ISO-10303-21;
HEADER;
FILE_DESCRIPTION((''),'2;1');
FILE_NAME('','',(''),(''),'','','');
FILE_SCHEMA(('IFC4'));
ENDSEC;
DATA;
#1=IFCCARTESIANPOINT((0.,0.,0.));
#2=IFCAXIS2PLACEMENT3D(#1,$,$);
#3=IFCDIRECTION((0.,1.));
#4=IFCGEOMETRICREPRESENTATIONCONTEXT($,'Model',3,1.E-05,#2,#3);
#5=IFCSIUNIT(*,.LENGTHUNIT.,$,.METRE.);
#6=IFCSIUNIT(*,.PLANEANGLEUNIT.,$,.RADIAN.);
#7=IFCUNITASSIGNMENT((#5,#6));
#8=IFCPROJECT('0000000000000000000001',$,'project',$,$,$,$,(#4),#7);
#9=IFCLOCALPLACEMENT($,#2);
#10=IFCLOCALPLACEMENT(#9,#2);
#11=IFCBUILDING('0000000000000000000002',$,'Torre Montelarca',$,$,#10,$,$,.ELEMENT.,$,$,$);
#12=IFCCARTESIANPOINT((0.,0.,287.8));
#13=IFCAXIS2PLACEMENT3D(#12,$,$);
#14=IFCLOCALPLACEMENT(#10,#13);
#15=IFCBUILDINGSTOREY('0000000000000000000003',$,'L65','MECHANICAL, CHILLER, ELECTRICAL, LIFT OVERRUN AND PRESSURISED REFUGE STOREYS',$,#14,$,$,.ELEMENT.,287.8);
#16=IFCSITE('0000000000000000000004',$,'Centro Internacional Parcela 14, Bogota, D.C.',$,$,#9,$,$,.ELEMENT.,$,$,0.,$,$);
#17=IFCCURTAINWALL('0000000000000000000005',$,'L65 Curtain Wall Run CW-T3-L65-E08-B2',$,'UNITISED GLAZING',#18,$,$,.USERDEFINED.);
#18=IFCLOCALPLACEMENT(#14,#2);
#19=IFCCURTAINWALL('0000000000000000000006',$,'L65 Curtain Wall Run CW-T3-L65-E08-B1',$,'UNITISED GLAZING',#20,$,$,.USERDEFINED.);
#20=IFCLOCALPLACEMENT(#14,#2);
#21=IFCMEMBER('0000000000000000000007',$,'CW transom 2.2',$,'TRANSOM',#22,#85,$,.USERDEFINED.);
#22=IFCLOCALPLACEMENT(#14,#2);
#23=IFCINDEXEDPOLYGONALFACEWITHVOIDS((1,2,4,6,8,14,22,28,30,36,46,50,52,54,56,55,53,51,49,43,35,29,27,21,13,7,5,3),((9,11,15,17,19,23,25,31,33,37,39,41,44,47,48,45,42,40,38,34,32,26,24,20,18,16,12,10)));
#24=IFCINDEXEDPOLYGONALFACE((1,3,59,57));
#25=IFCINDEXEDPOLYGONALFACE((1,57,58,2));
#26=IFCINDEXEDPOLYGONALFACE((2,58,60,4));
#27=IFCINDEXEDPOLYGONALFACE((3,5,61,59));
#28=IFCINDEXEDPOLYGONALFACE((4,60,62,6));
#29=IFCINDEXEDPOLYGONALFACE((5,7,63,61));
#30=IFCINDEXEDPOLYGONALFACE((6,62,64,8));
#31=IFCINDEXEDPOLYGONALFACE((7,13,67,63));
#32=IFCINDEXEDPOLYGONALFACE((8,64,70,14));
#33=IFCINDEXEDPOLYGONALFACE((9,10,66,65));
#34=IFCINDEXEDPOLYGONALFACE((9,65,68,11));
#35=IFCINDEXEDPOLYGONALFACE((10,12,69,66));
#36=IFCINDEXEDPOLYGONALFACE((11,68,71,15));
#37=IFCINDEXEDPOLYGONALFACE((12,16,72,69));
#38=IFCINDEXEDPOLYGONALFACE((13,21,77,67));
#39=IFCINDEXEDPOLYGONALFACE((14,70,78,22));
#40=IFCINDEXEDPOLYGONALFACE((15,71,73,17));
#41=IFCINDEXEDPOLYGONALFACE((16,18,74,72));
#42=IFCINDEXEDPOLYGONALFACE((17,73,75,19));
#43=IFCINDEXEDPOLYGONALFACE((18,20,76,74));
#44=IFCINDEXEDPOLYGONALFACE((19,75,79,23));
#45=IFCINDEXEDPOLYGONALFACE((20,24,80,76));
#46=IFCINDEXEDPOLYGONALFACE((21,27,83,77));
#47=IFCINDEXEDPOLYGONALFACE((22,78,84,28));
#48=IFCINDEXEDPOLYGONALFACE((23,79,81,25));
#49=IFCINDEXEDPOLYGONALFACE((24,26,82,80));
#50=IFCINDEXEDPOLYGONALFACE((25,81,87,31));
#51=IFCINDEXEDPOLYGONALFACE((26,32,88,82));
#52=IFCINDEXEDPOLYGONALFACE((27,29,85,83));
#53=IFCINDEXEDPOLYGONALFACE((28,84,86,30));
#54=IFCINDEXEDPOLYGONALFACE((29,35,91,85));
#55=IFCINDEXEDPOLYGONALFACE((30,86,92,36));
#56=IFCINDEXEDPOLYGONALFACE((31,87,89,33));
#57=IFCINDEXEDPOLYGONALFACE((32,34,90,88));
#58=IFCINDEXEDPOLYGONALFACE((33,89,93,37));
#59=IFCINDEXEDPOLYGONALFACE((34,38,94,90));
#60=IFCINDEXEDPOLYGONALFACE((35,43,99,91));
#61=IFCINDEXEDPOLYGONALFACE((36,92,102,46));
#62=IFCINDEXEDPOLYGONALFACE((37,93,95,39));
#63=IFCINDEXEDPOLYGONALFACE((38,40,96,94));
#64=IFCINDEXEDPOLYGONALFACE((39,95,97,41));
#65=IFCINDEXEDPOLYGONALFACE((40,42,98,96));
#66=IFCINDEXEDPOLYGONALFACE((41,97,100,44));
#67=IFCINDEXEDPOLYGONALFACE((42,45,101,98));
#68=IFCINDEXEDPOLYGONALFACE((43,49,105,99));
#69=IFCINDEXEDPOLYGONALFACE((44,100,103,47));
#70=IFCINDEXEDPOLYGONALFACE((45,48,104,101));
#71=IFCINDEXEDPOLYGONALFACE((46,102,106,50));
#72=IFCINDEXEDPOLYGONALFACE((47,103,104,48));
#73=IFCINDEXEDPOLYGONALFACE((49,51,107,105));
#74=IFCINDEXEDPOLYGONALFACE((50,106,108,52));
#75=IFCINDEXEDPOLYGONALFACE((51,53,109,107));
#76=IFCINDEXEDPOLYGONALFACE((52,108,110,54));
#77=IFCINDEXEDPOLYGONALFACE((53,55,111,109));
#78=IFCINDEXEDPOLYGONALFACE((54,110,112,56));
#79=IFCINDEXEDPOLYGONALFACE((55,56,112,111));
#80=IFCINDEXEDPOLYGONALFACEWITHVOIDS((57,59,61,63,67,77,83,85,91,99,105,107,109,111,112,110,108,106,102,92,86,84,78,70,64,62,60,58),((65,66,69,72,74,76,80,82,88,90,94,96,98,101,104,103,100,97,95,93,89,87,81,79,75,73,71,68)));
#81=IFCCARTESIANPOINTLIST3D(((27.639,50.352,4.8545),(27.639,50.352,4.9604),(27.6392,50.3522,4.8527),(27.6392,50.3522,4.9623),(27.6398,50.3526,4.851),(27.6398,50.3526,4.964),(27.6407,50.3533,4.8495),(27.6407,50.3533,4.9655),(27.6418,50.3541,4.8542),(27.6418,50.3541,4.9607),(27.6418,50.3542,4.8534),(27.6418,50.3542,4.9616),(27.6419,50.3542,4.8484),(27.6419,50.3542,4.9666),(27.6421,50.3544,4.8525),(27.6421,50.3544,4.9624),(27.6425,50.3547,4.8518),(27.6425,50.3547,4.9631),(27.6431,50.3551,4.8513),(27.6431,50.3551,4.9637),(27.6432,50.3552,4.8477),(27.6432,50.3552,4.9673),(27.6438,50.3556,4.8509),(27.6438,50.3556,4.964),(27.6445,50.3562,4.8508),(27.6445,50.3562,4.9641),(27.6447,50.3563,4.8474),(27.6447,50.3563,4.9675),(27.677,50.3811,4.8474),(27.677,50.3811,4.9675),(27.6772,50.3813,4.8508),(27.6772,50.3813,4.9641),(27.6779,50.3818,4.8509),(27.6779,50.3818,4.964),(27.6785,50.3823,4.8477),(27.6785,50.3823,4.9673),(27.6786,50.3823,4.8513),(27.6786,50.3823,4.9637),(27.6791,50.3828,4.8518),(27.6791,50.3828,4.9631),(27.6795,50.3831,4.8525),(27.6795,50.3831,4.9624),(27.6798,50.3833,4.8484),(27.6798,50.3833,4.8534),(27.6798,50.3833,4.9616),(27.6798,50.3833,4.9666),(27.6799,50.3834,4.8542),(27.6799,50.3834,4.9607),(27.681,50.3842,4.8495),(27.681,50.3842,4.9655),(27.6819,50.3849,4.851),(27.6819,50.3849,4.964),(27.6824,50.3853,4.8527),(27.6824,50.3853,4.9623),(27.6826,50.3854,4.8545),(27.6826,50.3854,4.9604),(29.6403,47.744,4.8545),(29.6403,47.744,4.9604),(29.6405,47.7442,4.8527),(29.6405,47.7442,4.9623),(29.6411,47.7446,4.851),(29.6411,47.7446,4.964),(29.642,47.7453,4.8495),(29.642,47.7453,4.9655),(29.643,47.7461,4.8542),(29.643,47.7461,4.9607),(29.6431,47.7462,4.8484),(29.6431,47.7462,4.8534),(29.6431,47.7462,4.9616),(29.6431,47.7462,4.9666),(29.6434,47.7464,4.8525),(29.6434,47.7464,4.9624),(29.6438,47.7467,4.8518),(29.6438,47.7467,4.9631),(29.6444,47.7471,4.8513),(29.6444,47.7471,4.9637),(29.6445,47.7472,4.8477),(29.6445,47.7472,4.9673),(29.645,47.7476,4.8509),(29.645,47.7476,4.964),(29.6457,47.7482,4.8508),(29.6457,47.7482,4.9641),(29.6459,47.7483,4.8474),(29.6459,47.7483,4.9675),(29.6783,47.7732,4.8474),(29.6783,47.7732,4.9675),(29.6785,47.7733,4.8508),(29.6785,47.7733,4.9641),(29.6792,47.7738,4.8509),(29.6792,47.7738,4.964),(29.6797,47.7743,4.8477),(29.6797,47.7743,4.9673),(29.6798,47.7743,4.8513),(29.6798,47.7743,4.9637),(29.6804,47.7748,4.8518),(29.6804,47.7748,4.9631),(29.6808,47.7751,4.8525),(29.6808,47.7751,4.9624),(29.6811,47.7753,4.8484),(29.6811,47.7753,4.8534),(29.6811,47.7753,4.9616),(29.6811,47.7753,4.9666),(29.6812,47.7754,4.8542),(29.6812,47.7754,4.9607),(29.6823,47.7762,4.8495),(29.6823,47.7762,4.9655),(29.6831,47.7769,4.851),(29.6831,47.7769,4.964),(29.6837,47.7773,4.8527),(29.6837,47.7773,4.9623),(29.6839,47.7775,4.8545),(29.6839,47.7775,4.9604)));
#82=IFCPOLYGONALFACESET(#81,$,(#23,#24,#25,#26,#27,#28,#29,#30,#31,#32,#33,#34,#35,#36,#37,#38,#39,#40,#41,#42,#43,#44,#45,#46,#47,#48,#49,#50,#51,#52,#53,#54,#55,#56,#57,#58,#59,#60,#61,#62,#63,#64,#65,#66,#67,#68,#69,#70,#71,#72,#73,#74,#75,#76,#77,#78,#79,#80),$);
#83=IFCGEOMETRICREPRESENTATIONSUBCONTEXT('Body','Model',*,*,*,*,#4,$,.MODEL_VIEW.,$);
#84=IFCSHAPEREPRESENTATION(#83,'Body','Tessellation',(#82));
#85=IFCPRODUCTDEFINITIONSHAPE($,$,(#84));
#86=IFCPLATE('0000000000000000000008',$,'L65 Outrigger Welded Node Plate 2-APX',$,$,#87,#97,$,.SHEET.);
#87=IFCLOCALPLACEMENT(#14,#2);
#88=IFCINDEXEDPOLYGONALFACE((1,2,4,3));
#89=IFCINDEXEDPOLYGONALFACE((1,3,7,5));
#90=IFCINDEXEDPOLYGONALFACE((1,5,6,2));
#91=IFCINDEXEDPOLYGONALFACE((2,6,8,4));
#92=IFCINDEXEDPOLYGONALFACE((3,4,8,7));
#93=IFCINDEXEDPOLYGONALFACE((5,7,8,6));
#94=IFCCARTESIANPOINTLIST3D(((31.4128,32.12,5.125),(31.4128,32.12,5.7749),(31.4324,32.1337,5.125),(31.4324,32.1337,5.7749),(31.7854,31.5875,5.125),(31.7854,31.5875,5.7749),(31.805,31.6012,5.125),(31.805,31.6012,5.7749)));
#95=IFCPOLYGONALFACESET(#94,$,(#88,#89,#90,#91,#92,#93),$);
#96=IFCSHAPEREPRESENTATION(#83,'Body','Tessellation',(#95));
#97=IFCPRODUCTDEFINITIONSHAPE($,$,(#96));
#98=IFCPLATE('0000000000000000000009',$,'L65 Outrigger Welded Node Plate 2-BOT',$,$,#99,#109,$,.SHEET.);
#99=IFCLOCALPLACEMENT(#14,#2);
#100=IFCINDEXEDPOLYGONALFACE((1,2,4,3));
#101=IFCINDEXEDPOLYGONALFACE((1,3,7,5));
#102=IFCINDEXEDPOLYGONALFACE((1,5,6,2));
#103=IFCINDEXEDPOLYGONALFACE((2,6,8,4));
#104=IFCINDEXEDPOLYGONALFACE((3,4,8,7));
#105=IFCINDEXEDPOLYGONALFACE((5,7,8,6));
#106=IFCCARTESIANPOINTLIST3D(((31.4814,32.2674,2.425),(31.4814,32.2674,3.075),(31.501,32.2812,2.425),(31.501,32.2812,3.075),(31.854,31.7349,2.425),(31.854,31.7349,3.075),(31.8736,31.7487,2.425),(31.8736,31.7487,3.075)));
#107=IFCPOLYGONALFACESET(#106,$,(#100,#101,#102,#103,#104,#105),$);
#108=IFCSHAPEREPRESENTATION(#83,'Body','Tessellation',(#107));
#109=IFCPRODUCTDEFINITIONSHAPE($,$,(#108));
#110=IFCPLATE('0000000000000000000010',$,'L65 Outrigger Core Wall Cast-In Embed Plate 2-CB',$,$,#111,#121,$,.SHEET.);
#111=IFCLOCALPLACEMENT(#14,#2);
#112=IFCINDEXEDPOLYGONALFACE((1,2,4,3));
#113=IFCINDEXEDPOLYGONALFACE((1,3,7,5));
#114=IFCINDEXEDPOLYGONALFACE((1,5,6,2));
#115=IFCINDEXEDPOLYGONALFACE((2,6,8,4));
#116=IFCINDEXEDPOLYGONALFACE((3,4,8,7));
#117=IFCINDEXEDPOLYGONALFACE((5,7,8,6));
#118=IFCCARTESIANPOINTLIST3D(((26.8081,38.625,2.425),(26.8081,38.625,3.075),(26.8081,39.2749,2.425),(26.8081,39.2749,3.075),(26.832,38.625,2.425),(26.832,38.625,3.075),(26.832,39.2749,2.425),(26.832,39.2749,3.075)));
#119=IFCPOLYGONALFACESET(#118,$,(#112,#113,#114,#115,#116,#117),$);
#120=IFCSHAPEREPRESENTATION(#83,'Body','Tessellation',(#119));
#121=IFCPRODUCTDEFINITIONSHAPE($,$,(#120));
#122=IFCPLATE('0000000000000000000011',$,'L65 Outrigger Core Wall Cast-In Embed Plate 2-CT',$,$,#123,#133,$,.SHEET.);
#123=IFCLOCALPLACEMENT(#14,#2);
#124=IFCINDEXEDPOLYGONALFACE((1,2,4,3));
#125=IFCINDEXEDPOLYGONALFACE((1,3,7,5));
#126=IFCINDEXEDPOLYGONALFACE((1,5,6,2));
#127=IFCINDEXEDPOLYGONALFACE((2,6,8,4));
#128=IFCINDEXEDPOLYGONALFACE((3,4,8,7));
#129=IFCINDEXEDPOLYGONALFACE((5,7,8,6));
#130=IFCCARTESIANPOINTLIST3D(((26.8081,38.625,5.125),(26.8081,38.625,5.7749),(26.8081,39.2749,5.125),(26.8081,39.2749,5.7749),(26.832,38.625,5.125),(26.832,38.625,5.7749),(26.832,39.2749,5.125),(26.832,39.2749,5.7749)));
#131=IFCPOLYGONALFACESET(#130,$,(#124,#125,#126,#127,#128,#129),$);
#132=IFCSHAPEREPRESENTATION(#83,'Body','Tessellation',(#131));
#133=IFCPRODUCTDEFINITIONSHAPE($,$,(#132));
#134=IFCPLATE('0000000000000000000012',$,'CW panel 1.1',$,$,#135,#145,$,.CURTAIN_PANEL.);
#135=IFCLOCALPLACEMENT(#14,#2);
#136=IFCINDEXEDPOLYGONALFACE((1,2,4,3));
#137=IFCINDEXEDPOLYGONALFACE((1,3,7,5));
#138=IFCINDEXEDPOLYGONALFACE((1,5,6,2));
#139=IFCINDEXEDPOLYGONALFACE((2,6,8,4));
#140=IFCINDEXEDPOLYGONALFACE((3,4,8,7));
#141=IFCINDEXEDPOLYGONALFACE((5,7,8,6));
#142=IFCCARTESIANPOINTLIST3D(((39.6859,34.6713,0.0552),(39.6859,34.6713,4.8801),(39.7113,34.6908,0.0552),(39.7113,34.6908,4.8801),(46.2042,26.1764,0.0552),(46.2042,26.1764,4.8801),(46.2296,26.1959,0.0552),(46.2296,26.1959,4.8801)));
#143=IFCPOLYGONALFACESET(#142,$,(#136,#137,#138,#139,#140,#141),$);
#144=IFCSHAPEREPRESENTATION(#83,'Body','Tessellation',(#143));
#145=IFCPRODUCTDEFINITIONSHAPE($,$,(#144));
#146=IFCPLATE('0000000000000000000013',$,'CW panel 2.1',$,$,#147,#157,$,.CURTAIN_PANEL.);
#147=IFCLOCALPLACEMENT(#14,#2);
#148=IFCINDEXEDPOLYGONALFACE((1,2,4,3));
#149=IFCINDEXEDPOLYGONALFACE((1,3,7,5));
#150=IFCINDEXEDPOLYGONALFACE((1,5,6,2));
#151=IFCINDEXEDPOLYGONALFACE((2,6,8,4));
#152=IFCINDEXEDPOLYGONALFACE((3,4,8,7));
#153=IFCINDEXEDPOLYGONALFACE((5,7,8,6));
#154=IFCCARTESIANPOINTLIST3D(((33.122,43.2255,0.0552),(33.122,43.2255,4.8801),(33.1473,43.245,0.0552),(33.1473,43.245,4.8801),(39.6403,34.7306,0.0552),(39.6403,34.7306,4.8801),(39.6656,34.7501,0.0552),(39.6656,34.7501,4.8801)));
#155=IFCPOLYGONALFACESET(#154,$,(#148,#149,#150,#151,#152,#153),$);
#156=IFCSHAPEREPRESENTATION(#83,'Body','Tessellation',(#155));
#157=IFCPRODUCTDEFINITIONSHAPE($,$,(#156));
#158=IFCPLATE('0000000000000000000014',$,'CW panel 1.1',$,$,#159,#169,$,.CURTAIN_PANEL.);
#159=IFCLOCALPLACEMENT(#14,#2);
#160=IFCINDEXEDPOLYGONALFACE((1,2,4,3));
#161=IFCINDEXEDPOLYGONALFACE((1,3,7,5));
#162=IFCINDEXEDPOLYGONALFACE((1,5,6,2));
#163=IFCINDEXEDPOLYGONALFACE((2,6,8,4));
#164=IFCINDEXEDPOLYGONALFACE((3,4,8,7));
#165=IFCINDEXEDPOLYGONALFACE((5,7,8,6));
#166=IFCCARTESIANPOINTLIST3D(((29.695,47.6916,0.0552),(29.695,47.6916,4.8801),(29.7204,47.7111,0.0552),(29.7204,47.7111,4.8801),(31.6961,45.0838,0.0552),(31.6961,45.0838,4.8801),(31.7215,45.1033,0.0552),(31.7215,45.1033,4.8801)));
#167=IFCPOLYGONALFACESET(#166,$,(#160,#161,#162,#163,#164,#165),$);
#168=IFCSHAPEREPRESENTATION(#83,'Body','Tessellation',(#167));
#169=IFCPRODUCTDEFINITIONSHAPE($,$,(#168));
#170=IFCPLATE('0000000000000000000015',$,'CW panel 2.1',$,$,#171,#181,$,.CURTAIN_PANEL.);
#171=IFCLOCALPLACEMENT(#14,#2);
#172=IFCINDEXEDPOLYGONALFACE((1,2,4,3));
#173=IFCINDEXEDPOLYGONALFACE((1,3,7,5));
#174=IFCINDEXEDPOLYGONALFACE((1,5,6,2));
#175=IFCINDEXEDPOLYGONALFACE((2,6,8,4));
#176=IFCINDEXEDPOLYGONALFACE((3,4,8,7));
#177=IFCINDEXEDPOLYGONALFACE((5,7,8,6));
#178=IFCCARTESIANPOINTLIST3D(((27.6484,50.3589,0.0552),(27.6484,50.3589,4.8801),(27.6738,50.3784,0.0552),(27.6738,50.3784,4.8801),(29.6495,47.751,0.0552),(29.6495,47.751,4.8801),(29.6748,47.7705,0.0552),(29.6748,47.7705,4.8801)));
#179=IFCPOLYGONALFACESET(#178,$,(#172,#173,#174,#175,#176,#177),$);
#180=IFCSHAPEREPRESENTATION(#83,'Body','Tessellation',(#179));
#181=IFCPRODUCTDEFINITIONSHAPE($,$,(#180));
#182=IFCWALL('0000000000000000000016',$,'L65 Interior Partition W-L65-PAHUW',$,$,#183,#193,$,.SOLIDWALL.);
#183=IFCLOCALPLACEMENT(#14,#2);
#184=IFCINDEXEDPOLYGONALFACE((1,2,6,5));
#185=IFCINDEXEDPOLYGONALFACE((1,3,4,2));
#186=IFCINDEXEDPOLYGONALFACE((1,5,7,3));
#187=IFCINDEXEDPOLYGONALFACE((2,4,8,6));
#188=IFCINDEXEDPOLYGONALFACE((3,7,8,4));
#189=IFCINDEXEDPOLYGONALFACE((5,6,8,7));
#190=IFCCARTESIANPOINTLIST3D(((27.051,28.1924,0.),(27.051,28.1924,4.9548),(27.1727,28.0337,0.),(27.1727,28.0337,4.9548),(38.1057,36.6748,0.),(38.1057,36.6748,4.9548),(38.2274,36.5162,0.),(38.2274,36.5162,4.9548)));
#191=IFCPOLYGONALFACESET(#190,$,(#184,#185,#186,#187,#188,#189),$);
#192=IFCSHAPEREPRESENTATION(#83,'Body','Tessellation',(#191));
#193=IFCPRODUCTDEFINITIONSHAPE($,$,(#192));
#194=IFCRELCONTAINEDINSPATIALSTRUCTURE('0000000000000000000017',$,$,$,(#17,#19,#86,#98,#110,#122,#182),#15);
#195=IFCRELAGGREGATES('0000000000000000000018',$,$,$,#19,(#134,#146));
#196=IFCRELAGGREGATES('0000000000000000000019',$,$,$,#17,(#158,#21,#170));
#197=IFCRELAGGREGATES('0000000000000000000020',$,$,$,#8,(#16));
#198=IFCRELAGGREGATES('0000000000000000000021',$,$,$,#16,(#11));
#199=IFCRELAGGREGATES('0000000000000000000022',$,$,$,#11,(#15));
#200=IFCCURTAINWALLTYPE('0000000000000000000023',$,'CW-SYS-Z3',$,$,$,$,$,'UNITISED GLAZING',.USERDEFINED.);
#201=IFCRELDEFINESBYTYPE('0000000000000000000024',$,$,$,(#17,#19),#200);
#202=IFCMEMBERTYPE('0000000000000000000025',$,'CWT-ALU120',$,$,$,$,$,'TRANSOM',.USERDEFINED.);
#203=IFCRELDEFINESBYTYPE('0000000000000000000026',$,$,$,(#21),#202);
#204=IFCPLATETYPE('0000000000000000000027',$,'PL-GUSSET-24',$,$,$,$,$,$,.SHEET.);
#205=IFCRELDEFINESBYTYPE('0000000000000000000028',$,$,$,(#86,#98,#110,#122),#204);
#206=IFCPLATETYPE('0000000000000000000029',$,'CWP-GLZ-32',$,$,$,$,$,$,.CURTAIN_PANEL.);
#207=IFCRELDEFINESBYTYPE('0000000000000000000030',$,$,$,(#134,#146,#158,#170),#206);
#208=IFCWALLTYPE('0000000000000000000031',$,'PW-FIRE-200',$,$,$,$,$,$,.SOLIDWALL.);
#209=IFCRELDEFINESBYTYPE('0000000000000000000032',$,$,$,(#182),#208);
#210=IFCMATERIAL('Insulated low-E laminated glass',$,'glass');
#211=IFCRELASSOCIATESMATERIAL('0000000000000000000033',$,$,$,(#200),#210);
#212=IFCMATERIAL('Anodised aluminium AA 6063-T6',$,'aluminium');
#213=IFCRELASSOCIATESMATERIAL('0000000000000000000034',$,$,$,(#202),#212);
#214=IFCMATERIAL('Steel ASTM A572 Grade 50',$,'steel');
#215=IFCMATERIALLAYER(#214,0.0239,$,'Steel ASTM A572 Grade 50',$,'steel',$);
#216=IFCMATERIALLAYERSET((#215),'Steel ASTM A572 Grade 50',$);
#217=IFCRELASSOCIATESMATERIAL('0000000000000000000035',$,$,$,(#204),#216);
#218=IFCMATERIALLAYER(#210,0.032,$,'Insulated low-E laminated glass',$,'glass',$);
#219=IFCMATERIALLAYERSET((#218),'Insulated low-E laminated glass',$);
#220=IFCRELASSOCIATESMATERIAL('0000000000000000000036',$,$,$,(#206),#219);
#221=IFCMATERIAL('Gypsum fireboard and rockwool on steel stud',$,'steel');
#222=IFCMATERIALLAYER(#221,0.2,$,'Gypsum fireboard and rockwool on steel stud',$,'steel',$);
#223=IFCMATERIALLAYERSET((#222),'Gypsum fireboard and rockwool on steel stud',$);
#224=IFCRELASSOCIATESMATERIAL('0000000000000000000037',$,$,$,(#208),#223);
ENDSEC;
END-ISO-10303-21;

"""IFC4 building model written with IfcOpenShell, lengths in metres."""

from ifc_helpers import new_model, si_unit, direction, frame, frame_2d, origin, origin_2d, place, context, subcontext, project, spatial, rectangle, hollow_rectangle, extrude, source, transform, mapped, material, layer, layer_set, material_profile, profile_set, type_object, element, aggregate, save


model = new_model("IFC4")

# Units and contexts
model_context = context("Model", 3, precision=1e-05, world=origin(), true_north=direction((0.0, 1.0)))
body_context = subcontext(model_context, "Body", "Model", "MODEL_VIEW")
ifc_project = project(units=[si_unit("LENGTHUNIT", "METRE"), si_unit("PLANEANGLEUNIT", "RADIAN")], contexts=[model_context])

# Site, building, storey
site_placement = place(None, origin())
site = spatial("IfcSite", under=ifc_project, at=site_placement, Name="Centro Internacional Parcela 14, Bogota, D.C.", CompositionType="ELEMENT", RefElevation=0.0)
building_placement = place(site_placement, origin())
building = spatial("IfcBuilding", under=site, at=building_placement, Name="Torre Montelarca", CompositionType="ELEMENT")
storey_placement = place(building_placement, frame((0.0, 0.0, 287.8)))
storey = spatial("IfcBuildingStorey", under=building, at=storey_placement, Name="L65", Description="MECHANICAL, CHILLER, ELECTRICAL, LIFT OVERRUN AND PRESSURISED REFUGE STOREYS", CompositionType="ELEMENT", Elevation=287.8)

# Curtain walls
ifc_material_1 = material(Name="Insulated low-E laminated glass", Category="glass")
curtain_wall_type = type_object("IfcCurtainWallType", Name="CW-SYS-Z3", ElementType="UNITISED GLAZING", PredefinedType="USERDEFINED", material=ifc_material_1)
curtain_wall_1_placement = place(storey_placement, origin())
curtain_wall_1 = element("IfcCurtainWall", 1, at=curtain_wall_1_placement, inside=storey, type_object=curtain_wall_type, Name="L65 Curtain Wall Run CW-T3-L65-E08-B2", ObjectType="UNITISED GLAZING", PredefinedType="USERDEFINED")
ifc_material_2 = material(Name="Anodised aluminium AA 6063-T6", Category="aluminium")
ifc_material_profile_1 = material_profile(ifc_material_2, hollow_rectangle(XDim=0.0549, YDim=0.1201, WallThickness=0.0034, InnerFilletRadius=0.0034, OuterFilletRadius=0.0071, at=origin_2d()), Name="ALU55X120X3.5", Category="aluminium")
ifc_profile_set_1 = profile_set([ifc_material_profile_1], Name="Anodised aluminium AA 6063-T6")
member_type_1 = type_object("IfcMemberType", Name="CWT-ALU120", ElementType="TRANSOM", PredefinedType="USERDEFINED", material=ifc_profile_set_1)
curtain_wall_2_placement = place(storey_placement, origin())
curtain_wall_2 = element("IfcCurtainWall", 2, at=curtain_wall_2_placement, inside=storey, type_object=curtain_wall_type, Name="L65 Curtain Wall Run CW-T3-L65-E08-B1", ObjectType="UNITISED GLAZING", PredefinedType="USERDEFINED")

# Member
shared_shape_1 = source(origin(), body_context, "Body", "SweptSolid", [
    extrude(hollow_rectangle(XDim=0.0549, YDim=0.1201, WallThickness=0.0034, InnerFilletRadius=0.0034, OuterFilletRadius=0.0071, at=origin_2d()), origin(), (0.0, 0.0, 1.0), 3.2874),
])
member_1_placement = place(storey_placement, frame((29.6621, 47.7607, 4.9075), z_axis=(-0.608781, 0.793339, 0.0), x_axis=(-0.793339, -0.608781, 0.0)))
member_1 = element("IfcMember", 3, at=member_1_placement, type_object=member_type_1, Name="CW transom 2.2", ObjectType="TRANSOM", PredefinedType="USERDEFINED", context=body_context, shape_type="MappedRepresentation", body=[
    mapped(shared_shape_1, transform((0.0, 0.0, 0.0), scale=1.0)),
])

# Plates
ifc_material_3 = material(Name="Steel ASTM A572 Grade 50", Category="steel")
ifc_layer_1 = layer(ifc_material_3, 0.0239, Name="Steel ASTM A572 Grade 50", Category="steel")
ifc_layer_set_1 = layer_set([ifc_layer_1], Name="Steel ASTM A572 Grade 50")
plate_type_1 = type_object("IfcPlateType", Name="PL-GUSSET-24", PredefinedType="SHEET", material=ifc_layer_set_1)
shared_shape_2 = source(origin(), body_context, "Body", "SweptSolid", [
    extrude(rectangle(XDim=0.6499, YDim=0.0239, at=origin_2d()), origin(), (0.0, 0.0, 1.0), 0.6499),
])
for number, where, z_axis, x_axis, name in (
    (4, (31.6089, 31.8606, 5.125), (0.0, 0.0, 1.0), (-0.57329, 0.819352, 0.0), "L65 Outrigger Welded Node Plate 2-APX"),
    (5, (31.6775, 32.0081, 2.425), (0.0, 0.0, 1.0), (-0.57329, 0.819352, 0.0), "L65 Outrigger Welded Node Plate 2-BOT"),
    (6, (26.8201, 38.95, 2.425), (0.0, 0.0, 1.0), (0.0, 1.0, 0.0), "L65 Outrigger Core Wall Cast-In Embed Plate 2-CB"),
    (7, (26.8201, 38.95, 5.125), (0.0, 0.0, 1.0), (0.0, 1.0, 0.0), "L65 Outrigger Core Wall Cast-In Embed Plate 2-CT"),
):
    element("IfcPlate", number, at=place(storey_placement, frame(where, z_axis=z_axis, x_axis=x_axis)), inside=storey, type_object=plate_type_1, Name=name, PredefinedType="SHEET", context=body_context, shape_type="MappedRepresentation", body=[
        mapped(shared_shape_2, transform((0.0, 0.0, 0.0), scale=1.0)),
    ])

# Plates
ifc_layer_2 = layer(ifc_material_1, 0.032, Name="Insulated low-E laminated glass", Category="glass")
ifc_layer_set_2 = layer_set([ifc_layer_2], Name="Insulated low-E laminated glass")
plate_type_2 = type_object("IfcPlateType", Name="CWP-GLZ-32", PredefinedType="CURTAIN_PANEL", material=ifc_layer_set_2)
shared_shape_3 = source(origin(), body_context, "Body", "SweptSolid", [
    extrude(rectangle(XDim=10.7075, YDim=0.032, at=origin_2d()), origin(), (0.0, 0.0, 1.0), 4.825),
])
plate_1_placement = place(storey_placement, frame((42.9578, 30.4336, 0.0552), z_axis=(0.0, 0.0, 1.0), x_axis=(-0.608761, 0.793354, 0.0)))
plate_1 = element("IfcPlate", 8, at=plate_1_placement, type_object=plate_type_2, Name="CW panel 1.1", PredefinedType="CURTAIN_PANEL", context=body_context, shape_type="MappedRepresentation", body=[
    mapped(shared_shape_3, transform((0.0, 0.0, 0.0), scale=1.0)),
])
plate_2_placement = place(storey_placement, frame((36.3938, 38.9878, 0.0552), z_axis=(0.0, 0.0, 1.0), x_axis=(-0.608761, 0.793354, 0.0)))
plate_2 = element("IfcPlate", 9, at=plate_2_placement, type_object=plate_type_2, Name="CW panel 2.1", PredefinedType="CURTAIN_PANEL", context=body_context, shape_type="MappedRepresentation", body=[
    mapped(shared_shape_3, transform((0.0, 0.0, 0.0), scale=1.0)),
])
aggregate(curtain_wall_2, [plate_1, plate_2])
shared_shape_4 = source(origin(), body_context, "Body", "SweptSolid", [
    extrude(rectangle(XDim=3.2871, YDim=0.032, at=origin_2d()), origin(), (0.0, 0.0, 1.0), 4.825),
])
plate_3_placement = place(storey_placement, frame((30.7083, 46.3975, 0.0552), z_axis=(0.0, 0.0, 1.0), x_axis=(-0.608762, 0.793353, 0.0)))
plate_3 = element("IfcPlate", 10, at=plate_3_placement, type_object=plate_type_2, Name="CW panel 1.1", PredefinedType="CURTAIN_PANEL", context=body_context, shape_type="MappedRepresentation", body=[
    mapped(shared_shape_4, transform((0.0, 0.0, 0.0), scale=1.0)),
])
plate_4_placement = place(storey_placement, frame((28.6616, 49.0647, 0.0552), z_axis=(0.0, 0.0, 1.0), x_axis=(-0.608762, 0.793353, 0.0)))
plate_4 = element("IfcPlate", 11, at=plate_4_placement, type_object=plate_type_2, Name="CW panel 2.1", PredefinedType="CURTAIN_PANEL", context=body_context, shape_type="MappedRepresentation", body=[
    mapped(shared_shape_4, transform((0.0, 0.0, 0.0), scale=1.0)),
])
aggregate(curtain_wall_1, [plate_3, member_1, plate_4])

# Wall
ifc_material_4 = material(Name="Gypsum fireboard and rockwool on steel stud", Category="steel")
ifc_layer_3 = layer(ifc_material_4, 0.2, Name="Gypsum fireboard and rockwool on steel stud", Category="steel")
ifc_layer_set_3 = layer_set([ifc_layer_3], Name="Gypsum fireboard and rockwool on steel stud")
wall_type = type_object("IfcWallType", Name="PW-FIRE-200", PredefinedType="SOLIDWALL", material=ifc_layer_set_3)
wall_placement = place(storey_placement, frame((27.1118, 28.113, 0.0), z_axis=(0.0, 0.0, 1.0), x_axis=(0.793358, 0.608755, 0.0)))
element("IfcWall", 12, at=wall_placement, inside=storey, type_object=wall_type, Name="L65 Interior Partition W-L65-PAHUW", PredefinedType="SOLIDWALL", context=body_context, shape_type="SweptSolid", body=[
    extrude(rectangle(XDim=13.9341, YDim=0.2, at=frame_2d((6.967, 0.0))), origin(), (0.0, 0.0, 1.0), 4.9548),
])

save(model, "model.ifc")
